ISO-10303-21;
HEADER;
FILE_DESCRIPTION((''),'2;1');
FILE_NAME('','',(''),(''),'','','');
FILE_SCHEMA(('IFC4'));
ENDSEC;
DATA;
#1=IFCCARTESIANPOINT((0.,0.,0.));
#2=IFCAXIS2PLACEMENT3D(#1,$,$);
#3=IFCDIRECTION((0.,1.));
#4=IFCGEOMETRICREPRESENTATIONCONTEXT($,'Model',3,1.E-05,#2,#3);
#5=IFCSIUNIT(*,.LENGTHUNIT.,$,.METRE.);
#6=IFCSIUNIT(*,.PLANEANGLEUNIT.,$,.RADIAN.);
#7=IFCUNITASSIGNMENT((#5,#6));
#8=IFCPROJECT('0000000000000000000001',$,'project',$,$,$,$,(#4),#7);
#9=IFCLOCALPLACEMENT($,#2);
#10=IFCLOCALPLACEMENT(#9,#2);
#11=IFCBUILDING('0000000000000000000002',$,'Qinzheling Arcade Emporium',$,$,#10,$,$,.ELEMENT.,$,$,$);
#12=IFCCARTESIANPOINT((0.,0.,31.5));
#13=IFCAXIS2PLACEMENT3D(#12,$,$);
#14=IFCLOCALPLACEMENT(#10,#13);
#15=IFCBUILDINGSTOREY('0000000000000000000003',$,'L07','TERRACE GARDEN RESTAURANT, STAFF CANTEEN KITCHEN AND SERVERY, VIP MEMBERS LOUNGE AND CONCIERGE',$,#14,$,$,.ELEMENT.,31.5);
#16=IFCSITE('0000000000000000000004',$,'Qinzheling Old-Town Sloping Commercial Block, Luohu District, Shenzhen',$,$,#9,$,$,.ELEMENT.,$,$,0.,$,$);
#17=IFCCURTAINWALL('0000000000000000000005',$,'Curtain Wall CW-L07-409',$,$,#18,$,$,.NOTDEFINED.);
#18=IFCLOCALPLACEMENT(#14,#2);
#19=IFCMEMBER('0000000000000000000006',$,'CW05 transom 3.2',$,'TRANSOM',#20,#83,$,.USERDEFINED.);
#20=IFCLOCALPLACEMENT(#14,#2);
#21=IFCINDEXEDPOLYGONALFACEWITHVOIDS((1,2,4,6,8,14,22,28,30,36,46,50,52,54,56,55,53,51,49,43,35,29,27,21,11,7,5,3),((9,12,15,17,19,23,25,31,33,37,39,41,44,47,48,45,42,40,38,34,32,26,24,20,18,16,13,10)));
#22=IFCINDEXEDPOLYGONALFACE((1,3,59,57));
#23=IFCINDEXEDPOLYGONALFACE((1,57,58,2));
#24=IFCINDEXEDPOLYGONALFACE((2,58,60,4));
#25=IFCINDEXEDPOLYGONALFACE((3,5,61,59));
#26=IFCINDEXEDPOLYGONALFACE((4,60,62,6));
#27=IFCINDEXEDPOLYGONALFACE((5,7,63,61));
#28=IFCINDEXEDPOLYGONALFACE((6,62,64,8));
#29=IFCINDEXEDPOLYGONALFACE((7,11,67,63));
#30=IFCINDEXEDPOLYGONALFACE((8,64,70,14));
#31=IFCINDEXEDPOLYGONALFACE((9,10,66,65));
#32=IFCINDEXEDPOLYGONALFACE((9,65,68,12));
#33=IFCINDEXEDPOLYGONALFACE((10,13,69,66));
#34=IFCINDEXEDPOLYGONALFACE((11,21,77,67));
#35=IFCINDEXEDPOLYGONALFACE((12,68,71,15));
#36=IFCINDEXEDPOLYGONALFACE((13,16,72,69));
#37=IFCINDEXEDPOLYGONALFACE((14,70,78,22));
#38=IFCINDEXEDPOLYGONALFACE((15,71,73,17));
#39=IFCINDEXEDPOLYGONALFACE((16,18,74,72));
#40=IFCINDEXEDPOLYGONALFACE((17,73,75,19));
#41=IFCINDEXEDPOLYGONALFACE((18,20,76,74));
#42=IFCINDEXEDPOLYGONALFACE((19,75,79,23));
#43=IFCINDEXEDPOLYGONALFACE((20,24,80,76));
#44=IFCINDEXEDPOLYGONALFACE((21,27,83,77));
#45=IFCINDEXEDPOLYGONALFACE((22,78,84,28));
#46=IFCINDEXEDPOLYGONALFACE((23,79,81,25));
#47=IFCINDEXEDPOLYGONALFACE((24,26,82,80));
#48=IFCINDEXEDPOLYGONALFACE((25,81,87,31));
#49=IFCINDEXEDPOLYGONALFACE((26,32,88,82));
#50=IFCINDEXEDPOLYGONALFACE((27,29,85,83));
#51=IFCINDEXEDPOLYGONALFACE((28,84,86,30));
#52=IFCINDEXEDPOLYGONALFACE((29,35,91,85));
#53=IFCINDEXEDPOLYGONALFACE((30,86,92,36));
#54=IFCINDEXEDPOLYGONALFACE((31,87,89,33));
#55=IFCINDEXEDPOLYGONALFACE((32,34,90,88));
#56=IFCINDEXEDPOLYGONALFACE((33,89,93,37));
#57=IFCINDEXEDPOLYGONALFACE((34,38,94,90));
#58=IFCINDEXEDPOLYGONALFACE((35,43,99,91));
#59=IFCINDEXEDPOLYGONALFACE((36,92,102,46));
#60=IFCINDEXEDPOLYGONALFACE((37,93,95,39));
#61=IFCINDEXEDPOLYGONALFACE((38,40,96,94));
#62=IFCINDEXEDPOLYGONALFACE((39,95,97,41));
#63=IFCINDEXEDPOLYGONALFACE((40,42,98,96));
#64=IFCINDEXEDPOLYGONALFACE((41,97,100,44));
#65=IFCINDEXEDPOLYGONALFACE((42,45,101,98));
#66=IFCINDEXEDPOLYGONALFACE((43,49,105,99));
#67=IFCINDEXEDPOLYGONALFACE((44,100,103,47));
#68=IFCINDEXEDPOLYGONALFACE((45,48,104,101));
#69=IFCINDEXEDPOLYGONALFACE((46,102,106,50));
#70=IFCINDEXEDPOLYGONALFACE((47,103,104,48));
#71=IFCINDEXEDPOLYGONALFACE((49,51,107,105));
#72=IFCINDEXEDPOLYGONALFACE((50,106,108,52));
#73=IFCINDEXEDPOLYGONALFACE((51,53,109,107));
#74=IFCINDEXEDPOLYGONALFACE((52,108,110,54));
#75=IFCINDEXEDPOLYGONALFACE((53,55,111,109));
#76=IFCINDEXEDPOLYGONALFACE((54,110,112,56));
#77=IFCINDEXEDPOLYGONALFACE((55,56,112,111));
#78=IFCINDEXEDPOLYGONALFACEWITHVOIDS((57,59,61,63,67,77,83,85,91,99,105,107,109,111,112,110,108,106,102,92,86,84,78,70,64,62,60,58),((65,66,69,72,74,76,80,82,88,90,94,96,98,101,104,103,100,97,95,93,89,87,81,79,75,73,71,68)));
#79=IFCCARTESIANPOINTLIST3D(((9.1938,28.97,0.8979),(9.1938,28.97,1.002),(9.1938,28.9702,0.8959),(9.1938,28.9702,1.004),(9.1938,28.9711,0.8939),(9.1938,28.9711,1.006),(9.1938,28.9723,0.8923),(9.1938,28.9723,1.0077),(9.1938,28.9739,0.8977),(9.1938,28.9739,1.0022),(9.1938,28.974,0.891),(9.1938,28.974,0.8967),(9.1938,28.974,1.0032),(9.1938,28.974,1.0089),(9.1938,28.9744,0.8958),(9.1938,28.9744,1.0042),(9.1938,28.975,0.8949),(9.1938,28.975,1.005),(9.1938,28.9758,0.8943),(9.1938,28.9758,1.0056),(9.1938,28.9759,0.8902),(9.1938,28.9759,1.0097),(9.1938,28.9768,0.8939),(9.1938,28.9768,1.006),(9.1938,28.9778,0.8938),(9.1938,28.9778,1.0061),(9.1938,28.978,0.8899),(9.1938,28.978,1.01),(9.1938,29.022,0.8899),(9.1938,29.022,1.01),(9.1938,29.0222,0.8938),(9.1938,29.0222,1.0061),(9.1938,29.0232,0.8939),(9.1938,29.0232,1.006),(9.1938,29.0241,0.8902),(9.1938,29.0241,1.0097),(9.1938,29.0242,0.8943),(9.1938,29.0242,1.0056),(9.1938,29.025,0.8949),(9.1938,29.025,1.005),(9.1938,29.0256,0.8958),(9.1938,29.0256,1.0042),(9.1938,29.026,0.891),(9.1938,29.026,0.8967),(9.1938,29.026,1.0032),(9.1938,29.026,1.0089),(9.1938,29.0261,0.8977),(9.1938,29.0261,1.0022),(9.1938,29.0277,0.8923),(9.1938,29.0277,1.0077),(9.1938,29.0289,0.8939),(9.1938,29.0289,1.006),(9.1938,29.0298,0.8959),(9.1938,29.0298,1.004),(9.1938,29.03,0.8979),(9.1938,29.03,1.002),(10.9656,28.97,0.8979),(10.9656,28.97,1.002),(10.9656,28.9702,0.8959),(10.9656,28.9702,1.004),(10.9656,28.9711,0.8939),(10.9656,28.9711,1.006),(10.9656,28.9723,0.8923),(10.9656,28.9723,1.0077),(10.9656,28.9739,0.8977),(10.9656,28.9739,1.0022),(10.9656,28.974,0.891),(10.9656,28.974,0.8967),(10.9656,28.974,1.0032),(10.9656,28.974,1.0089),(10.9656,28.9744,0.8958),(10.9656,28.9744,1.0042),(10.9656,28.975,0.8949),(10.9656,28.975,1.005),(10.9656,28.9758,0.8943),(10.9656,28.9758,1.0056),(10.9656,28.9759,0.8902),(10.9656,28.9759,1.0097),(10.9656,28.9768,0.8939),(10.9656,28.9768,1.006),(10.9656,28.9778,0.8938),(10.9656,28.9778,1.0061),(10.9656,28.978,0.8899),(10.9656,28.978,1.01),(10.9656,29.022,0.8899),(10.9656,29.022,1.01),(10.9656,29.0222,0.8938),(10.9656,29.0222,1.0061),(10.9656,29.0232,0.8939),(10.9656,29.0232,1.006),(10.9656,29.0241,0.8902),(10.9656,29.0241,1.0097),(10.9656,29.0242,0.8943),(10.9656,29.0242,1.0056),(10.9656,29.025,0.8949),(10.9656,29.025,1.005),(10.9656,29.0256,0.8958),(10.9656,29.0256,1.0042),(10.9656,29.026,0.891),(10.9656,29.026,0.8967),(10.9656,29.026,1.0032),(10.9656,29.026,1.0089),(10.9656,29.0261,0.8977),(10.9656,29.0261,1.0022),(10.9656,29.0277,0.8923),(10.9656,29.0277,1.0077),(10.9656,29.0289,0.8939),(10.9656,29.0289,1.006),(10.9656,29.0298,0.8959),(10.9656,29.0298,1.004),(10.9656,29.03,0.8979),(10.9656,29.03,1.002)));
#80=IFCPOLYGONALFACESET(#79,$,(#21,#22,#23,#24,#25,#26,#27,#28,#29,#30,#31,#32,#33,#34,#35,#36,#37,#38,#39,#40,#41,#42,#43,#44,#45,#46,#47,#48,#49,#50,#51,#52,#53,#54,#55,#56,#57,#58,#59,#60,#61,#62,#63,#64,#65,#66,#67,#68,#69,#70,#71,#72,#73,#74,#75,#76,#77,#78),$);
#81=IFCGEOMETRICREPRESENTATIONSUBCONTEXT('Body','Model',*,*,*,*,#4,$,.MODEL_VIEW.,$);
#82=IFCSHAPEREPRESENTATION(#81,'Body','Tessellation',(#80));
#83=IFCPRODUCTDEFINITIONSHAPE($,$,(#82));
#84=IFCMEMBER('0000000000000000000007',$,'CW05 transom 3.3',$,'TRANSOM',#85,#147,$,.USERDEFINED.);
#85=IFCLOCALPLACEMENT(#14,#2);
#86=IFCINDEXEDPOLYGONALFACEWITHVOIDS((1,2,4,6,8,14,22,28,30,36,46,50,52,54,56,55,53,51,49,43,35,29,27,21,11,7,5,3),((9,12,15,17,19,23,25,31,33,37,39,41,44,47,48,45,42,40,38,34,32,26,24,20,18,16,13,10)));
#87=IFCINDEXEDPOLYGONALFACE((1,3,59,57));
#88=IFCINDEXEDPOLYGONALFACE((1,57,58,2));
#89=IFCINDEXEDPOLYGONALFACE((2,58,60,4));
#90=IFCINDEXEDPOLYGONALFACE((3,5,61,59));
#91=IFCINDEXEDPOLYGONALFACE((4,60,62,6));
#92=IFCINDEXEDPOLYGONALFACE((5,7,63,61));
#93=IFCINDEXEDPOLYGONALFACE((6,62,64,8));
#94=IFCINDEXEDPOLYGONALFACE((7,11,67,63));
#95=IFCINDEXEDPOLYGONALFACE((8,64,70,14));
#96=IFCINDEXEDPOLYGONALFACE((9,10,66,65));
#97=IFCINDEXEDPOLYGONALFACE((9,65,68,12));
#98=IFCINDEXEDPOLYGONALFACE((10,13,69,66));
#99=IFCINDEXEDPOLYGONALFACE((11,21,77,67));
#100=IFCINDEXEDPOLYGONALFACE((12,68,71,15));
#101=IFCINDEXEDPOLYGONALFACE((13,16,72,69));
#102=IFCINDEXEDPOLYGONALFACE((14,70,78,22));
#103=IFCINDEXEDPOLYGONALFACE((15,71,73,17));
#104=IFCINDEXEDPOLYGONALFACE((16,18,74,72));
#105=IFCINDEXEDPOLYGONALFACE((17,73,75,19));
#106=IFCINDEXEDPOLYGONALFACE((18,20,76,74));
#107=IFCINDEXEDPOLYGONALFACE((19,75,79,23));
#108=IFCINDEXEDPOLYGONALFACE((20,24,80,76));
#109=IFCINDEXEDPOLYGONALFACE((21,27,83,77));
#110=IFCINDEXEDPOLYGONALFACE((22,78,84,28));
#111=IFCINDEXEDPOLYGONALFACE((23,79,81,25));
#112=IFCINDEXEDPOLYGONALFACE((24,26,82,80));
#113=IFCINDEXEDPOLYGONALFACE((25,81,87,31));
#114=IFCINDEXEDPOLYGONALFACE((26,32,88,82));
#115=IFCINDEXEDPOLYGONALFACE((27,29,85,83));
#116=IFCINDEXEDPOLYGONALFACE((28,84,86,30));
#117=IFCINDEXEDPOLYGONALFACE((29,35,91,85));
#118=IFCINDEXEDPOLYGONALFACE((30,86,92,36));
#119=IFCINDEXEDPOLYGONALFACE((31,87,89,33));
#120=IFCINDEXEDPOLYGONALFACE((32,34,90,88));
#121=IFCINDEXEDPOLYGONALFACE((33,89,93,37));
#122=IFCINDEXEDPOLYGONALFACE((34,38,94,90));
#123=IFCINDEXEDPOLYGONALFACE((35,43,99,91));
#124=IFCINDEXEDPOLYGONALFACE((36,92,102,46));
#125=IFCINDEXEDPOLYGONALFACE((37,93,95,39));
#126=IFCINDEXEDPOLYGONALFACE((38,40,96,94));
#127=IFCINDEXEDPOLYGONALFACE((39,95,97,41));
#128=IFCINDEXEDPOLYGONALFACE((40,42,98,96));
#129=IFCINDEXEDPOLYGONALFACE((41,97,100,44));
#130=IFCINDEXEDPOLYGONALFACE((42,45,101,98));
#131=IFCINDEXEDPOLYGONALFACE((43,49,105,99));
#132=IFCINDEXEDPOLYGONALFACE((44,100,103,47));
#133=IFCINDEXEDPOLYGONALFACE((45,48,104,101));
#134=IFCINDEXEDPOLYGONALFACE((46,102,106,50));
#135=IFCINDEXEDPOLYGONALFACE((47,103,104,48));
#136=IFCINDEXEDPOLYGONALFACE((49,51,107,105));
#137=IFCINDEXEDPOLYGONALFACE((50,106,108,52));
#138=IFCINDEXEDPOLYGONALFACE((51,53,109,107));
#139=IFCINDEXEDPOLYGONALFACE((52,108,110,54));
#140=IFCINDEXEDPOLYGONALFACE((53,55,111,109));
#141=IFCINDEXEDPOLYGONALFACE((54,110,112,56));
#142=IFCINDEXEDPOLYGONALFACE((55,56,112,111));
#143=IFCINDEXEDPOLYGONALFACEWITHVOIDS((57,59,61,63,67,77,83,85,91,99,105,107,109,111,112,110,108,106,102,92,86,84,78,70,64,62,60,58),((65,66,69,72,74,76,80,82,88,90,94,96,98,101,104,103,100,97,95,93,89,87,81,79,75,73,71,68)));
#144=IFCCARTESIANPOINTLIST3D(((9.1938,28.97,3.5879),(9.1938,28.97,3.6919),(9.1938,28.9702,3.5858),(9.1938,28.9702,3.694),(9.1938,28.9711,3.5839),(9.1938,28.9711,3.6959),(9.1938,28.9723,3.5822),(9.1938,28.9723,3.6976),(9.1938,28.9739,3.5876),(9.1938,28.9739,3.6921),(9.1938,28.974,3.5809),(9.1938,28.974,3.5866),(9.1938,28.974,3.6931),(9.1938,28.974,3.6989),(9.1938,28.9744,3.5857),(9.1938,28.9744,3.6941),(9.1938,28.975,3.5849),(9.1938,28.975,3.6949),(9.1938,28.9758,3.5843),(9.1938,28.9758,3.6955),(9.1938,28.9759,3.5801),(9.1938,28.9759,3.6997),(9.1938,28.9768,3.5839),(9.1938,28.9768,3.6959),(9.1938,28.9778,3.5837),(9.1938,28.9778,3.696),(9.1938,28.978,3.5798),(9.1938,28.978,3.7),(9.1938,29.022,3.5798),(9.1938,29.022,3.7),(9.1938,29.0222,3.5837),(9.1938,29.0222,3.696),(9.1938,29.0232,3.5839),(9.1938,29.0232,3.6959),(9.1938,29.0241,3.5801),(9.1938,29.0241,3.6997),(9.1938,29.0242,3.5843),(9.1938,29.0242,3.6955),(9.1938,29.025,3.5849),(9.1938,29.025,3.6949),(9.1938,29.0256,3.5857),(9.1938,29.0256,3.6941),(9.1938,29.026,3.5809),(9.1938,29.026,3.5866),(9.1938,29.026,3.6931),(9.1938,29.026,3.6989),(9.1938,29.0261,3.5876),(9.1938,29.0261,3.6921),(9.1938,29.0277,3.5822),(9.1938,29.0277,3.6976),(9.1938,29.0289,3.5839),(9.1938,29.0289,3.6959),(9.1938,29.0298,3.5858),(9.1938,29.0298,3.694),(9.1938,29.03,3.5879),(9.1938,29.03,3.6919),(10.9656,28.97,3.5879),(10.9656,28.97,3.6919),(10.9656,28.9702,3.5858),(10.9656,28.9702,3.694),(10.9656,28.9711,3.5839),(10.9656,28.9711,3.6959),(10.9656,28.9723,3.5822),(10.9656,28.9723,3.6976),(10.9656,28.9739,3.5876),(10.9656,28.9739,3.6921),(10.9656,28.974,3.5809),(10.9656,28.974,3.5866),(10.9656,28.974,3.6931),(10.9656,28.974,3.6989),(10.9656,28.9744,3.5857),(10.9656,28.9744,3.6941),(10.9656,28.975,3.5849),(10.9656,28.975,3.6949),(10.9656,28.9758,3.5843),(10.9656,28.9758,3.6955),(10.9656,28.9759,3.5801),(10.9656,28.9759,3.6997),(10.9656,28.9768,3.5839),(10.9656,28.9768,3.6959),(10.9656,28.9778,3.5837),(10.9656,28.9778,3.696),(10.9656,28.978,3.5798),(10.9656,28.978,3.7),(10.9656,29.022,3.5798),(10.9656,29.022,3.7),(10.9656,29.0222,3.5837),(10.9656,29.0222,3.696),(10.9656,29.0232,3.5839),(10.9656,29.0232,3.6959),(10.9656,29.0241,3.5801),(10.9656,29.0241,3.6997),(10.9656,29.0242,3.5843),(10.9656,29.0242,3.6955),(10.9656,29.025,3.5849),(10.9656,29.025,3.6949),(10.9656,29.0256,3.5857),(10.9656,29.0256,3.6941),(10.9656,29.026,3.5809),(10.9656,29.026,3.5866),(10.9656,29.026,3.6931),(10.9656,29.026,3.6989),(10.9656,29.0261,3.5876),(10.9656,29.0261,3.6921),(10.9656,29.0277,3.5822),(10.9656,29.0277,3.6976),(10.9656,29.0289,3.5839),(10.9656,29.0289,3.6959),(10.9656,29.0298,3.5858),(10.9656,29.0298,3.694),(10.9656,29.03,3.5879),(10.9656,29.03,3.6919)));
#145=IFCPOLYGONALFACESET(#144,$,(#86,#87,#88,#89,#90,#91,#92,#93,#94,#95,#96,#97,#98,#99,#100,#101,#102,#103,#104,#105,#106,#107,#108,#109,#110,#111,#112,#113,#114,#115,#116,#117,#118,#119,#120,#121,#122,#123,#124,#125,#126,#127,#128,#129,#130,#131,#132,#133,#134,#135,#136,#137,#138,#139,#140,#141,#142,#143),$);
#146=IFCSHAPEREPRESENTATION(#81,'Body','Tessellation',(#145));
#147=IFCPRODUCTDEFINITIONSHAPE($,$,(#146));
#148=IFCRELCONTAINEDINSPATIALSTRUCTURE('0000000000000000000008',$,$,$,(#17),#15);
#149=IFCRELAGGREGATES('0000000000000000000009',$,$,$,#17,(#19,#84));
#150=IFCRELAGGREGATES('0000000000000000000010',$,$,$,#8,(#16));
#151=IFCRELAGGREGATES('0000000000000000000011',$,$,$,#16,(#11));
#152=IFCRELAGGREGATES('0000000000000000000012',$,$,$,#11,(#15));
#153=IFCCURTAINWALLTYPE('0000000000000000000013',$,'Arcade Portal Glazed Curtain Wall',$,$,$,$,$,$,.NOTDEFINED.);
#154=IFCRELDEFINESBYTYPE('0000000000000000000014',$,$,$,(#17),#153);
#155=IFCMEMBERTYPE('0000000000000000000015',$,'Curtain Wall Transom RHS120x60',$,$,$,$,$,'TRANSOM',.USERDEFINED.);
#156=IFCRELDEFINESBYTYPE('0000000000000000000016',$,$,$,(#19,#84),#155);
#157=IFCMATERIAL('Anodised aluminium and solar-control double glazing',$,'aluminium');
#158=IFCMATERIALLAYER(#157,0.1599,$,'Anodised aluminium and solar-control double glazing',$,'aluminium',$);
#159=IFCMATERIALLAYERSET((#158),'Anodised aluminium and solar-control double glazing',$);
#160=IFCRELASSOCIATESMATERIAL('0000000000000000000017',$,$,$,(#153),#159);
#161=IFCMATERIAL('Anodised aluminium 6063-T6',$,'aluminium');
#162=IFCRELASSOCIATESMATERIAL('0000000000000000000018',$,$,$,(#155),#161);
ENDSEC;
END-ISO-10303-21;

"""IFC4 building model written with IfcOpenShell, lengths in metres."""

from ifc_helpers import new_model, si_unit, direction, frame, origin, origin_2d, place, context, subcontext, project, spatial, hollow_rectangle, extrude, material, layer, layer_set, material_profile, profile_set, type_object, element, aggregate, save


model = new_model("IFC4")

# Units and contexts
model_context = context("Model", 3, precision=1e-05, world=origin(), true_north=direction((0.0, 1.0)))
body_context = subcontext(model_context, "Body", "Model", "MODEL_VIEW")
ifc_project = project(units=[si_unit("LENGTHUNIT", "METRE"), si_unit("PLANEANGLEUNIT", "RADIAN")], contexts=[model_context])

# Site, building, storey
site_placement = place(None, origin())
site = spatial("IfcSite", under=ifc_project, at=site_placement, Name="Qinzheling Old-Town Sloping Commercial Block, Luohu District, Shenzhen", CompositionType="ELEMENT", RefElevation=0.0)
building_placement = place(site_placement, origin())
building = spatial("IfcBuilding", under=site, at=building_placement, Name="Qinzheling Arcade Emporium", CompositionType="ELEMENT")
storey_placement = place(building_placement, frame((0.0, 0.0, 31.5)))
storey = spatial("IfcBuildingStorey", under=building, at=storey_placement, Name="L07", Description="TERRACE GARDEN RESTAURANT, STAFF CANTEEN KITCHEN AND SERVERY, VIP MEMBERS LOUNGE AND CONCIERGE", CompositionType="ELEMENT", Elevation=31.5)

# Shared definitions
ifc_material_1 = material(Name="Anodised aluminium and solar-control double glazing", Category="aluminium")
ifc_material_2 = material(Name="Anodised aluminium 6063-T6", Category="aluminium")

# Curtain wall, members
ifc_layer_1 = layer(ifc_material_1, 0.1599, Name="Anodised aluminium and solar-control double glazing", Category="aluminium")
ifc_layer_set_1 = layer_set([ifc_layer_1], Name="Anodised aluminium and solar-control double glazing")
curtain_wall_type_1 = type_object("IfcCurtainWallType", Name="Arcade Portal Glazed Curtain Wall", PredefinedType="NOTDEFINED", material=ifc_layer_set_1)
curtain_wall_1_placement = place(storey_placement, origin())
curtain_wall_1 = element("IfcCurtainWall", 1, at=curtain_wall_1_placement, inside=storey, type_object=curtain_wall_type_1, Name="Curtain Wall CW-L07-409", PredefinedType="NOTDEFINED")
ifc_material_profile_1 = material_profile(ifc_material_2, hollow_rectangle(XDim=0.0601, YDim=0.1201, WallThickness=0.0039, InnerFilletRadius=0.0039, OuterFilletRadius=0.0081, at=origin_2d()), Name="RHS 120x60x4", Category="aluminium")
ifc_profile_set_1 = profile_set([ifc_material_profile_1], Name="Anodised aluminium 6063-T6")
member_type_1 = type_object("IfcMemberType", Name="Curtain Wall Transom RHS120x60", ElementType="TRANSOM", PredefinedType="USERDEFINED", material=ifc_profile_set_1)
member_1_placement = place(storey_placement, frame((10.9656, 29.0, 0.95), z_axis=(-1.0, 0.0, 0.0), x_axis=(0.0, -1.0, 0.0)))
member_1 = element("IfcMember", 2, at=member_1_placement, type_object=member_type_1, Name="CW05 transom 3.2", ObjectType="TRANSOM", PredefinedType="USERDEFINED", context=body_context, shape_type="SweptSolid", body=[
    extrude(hollow_rectangle(XDim=0.0601, YDim=0.1201, WallThickness=0.0039, InnerFilletRadius=0.0039, OuterFilletRadius=0.0081, at=origin_2d()), origin(), (0.0, 0.0, 1.0), 1.7717),
])
member_2_placement = place(storey_placement, frame((10.9656, 29.0, 3.6399), z_axis=(-1.0, 0.0, 0.0), x_axis=(0.0, -1.0, 0.0)))
member_2 = element("IfcMember", 3, at=member_2_placement, type_object=member_type_1, Name="CW05 transom 3.3", ObjectType="TRANSOM", PredefinedType="USERDEFINED", context=body_context, shape_type="SweptSolid", body=[
    extrude(hollow_rectangle(XDim=0.0601, YDim=0.1201, WallThickness=0.0039, InnerFilletRadius=0.0039, OuterFilletRadius=0.0081, at=origin_2d()), origin(), (0.0, 0.0, 1.0), 1.7717),
])

aggregate(curtain_wall_1, [member_1, member_2])

save(model, "model.ifc")
